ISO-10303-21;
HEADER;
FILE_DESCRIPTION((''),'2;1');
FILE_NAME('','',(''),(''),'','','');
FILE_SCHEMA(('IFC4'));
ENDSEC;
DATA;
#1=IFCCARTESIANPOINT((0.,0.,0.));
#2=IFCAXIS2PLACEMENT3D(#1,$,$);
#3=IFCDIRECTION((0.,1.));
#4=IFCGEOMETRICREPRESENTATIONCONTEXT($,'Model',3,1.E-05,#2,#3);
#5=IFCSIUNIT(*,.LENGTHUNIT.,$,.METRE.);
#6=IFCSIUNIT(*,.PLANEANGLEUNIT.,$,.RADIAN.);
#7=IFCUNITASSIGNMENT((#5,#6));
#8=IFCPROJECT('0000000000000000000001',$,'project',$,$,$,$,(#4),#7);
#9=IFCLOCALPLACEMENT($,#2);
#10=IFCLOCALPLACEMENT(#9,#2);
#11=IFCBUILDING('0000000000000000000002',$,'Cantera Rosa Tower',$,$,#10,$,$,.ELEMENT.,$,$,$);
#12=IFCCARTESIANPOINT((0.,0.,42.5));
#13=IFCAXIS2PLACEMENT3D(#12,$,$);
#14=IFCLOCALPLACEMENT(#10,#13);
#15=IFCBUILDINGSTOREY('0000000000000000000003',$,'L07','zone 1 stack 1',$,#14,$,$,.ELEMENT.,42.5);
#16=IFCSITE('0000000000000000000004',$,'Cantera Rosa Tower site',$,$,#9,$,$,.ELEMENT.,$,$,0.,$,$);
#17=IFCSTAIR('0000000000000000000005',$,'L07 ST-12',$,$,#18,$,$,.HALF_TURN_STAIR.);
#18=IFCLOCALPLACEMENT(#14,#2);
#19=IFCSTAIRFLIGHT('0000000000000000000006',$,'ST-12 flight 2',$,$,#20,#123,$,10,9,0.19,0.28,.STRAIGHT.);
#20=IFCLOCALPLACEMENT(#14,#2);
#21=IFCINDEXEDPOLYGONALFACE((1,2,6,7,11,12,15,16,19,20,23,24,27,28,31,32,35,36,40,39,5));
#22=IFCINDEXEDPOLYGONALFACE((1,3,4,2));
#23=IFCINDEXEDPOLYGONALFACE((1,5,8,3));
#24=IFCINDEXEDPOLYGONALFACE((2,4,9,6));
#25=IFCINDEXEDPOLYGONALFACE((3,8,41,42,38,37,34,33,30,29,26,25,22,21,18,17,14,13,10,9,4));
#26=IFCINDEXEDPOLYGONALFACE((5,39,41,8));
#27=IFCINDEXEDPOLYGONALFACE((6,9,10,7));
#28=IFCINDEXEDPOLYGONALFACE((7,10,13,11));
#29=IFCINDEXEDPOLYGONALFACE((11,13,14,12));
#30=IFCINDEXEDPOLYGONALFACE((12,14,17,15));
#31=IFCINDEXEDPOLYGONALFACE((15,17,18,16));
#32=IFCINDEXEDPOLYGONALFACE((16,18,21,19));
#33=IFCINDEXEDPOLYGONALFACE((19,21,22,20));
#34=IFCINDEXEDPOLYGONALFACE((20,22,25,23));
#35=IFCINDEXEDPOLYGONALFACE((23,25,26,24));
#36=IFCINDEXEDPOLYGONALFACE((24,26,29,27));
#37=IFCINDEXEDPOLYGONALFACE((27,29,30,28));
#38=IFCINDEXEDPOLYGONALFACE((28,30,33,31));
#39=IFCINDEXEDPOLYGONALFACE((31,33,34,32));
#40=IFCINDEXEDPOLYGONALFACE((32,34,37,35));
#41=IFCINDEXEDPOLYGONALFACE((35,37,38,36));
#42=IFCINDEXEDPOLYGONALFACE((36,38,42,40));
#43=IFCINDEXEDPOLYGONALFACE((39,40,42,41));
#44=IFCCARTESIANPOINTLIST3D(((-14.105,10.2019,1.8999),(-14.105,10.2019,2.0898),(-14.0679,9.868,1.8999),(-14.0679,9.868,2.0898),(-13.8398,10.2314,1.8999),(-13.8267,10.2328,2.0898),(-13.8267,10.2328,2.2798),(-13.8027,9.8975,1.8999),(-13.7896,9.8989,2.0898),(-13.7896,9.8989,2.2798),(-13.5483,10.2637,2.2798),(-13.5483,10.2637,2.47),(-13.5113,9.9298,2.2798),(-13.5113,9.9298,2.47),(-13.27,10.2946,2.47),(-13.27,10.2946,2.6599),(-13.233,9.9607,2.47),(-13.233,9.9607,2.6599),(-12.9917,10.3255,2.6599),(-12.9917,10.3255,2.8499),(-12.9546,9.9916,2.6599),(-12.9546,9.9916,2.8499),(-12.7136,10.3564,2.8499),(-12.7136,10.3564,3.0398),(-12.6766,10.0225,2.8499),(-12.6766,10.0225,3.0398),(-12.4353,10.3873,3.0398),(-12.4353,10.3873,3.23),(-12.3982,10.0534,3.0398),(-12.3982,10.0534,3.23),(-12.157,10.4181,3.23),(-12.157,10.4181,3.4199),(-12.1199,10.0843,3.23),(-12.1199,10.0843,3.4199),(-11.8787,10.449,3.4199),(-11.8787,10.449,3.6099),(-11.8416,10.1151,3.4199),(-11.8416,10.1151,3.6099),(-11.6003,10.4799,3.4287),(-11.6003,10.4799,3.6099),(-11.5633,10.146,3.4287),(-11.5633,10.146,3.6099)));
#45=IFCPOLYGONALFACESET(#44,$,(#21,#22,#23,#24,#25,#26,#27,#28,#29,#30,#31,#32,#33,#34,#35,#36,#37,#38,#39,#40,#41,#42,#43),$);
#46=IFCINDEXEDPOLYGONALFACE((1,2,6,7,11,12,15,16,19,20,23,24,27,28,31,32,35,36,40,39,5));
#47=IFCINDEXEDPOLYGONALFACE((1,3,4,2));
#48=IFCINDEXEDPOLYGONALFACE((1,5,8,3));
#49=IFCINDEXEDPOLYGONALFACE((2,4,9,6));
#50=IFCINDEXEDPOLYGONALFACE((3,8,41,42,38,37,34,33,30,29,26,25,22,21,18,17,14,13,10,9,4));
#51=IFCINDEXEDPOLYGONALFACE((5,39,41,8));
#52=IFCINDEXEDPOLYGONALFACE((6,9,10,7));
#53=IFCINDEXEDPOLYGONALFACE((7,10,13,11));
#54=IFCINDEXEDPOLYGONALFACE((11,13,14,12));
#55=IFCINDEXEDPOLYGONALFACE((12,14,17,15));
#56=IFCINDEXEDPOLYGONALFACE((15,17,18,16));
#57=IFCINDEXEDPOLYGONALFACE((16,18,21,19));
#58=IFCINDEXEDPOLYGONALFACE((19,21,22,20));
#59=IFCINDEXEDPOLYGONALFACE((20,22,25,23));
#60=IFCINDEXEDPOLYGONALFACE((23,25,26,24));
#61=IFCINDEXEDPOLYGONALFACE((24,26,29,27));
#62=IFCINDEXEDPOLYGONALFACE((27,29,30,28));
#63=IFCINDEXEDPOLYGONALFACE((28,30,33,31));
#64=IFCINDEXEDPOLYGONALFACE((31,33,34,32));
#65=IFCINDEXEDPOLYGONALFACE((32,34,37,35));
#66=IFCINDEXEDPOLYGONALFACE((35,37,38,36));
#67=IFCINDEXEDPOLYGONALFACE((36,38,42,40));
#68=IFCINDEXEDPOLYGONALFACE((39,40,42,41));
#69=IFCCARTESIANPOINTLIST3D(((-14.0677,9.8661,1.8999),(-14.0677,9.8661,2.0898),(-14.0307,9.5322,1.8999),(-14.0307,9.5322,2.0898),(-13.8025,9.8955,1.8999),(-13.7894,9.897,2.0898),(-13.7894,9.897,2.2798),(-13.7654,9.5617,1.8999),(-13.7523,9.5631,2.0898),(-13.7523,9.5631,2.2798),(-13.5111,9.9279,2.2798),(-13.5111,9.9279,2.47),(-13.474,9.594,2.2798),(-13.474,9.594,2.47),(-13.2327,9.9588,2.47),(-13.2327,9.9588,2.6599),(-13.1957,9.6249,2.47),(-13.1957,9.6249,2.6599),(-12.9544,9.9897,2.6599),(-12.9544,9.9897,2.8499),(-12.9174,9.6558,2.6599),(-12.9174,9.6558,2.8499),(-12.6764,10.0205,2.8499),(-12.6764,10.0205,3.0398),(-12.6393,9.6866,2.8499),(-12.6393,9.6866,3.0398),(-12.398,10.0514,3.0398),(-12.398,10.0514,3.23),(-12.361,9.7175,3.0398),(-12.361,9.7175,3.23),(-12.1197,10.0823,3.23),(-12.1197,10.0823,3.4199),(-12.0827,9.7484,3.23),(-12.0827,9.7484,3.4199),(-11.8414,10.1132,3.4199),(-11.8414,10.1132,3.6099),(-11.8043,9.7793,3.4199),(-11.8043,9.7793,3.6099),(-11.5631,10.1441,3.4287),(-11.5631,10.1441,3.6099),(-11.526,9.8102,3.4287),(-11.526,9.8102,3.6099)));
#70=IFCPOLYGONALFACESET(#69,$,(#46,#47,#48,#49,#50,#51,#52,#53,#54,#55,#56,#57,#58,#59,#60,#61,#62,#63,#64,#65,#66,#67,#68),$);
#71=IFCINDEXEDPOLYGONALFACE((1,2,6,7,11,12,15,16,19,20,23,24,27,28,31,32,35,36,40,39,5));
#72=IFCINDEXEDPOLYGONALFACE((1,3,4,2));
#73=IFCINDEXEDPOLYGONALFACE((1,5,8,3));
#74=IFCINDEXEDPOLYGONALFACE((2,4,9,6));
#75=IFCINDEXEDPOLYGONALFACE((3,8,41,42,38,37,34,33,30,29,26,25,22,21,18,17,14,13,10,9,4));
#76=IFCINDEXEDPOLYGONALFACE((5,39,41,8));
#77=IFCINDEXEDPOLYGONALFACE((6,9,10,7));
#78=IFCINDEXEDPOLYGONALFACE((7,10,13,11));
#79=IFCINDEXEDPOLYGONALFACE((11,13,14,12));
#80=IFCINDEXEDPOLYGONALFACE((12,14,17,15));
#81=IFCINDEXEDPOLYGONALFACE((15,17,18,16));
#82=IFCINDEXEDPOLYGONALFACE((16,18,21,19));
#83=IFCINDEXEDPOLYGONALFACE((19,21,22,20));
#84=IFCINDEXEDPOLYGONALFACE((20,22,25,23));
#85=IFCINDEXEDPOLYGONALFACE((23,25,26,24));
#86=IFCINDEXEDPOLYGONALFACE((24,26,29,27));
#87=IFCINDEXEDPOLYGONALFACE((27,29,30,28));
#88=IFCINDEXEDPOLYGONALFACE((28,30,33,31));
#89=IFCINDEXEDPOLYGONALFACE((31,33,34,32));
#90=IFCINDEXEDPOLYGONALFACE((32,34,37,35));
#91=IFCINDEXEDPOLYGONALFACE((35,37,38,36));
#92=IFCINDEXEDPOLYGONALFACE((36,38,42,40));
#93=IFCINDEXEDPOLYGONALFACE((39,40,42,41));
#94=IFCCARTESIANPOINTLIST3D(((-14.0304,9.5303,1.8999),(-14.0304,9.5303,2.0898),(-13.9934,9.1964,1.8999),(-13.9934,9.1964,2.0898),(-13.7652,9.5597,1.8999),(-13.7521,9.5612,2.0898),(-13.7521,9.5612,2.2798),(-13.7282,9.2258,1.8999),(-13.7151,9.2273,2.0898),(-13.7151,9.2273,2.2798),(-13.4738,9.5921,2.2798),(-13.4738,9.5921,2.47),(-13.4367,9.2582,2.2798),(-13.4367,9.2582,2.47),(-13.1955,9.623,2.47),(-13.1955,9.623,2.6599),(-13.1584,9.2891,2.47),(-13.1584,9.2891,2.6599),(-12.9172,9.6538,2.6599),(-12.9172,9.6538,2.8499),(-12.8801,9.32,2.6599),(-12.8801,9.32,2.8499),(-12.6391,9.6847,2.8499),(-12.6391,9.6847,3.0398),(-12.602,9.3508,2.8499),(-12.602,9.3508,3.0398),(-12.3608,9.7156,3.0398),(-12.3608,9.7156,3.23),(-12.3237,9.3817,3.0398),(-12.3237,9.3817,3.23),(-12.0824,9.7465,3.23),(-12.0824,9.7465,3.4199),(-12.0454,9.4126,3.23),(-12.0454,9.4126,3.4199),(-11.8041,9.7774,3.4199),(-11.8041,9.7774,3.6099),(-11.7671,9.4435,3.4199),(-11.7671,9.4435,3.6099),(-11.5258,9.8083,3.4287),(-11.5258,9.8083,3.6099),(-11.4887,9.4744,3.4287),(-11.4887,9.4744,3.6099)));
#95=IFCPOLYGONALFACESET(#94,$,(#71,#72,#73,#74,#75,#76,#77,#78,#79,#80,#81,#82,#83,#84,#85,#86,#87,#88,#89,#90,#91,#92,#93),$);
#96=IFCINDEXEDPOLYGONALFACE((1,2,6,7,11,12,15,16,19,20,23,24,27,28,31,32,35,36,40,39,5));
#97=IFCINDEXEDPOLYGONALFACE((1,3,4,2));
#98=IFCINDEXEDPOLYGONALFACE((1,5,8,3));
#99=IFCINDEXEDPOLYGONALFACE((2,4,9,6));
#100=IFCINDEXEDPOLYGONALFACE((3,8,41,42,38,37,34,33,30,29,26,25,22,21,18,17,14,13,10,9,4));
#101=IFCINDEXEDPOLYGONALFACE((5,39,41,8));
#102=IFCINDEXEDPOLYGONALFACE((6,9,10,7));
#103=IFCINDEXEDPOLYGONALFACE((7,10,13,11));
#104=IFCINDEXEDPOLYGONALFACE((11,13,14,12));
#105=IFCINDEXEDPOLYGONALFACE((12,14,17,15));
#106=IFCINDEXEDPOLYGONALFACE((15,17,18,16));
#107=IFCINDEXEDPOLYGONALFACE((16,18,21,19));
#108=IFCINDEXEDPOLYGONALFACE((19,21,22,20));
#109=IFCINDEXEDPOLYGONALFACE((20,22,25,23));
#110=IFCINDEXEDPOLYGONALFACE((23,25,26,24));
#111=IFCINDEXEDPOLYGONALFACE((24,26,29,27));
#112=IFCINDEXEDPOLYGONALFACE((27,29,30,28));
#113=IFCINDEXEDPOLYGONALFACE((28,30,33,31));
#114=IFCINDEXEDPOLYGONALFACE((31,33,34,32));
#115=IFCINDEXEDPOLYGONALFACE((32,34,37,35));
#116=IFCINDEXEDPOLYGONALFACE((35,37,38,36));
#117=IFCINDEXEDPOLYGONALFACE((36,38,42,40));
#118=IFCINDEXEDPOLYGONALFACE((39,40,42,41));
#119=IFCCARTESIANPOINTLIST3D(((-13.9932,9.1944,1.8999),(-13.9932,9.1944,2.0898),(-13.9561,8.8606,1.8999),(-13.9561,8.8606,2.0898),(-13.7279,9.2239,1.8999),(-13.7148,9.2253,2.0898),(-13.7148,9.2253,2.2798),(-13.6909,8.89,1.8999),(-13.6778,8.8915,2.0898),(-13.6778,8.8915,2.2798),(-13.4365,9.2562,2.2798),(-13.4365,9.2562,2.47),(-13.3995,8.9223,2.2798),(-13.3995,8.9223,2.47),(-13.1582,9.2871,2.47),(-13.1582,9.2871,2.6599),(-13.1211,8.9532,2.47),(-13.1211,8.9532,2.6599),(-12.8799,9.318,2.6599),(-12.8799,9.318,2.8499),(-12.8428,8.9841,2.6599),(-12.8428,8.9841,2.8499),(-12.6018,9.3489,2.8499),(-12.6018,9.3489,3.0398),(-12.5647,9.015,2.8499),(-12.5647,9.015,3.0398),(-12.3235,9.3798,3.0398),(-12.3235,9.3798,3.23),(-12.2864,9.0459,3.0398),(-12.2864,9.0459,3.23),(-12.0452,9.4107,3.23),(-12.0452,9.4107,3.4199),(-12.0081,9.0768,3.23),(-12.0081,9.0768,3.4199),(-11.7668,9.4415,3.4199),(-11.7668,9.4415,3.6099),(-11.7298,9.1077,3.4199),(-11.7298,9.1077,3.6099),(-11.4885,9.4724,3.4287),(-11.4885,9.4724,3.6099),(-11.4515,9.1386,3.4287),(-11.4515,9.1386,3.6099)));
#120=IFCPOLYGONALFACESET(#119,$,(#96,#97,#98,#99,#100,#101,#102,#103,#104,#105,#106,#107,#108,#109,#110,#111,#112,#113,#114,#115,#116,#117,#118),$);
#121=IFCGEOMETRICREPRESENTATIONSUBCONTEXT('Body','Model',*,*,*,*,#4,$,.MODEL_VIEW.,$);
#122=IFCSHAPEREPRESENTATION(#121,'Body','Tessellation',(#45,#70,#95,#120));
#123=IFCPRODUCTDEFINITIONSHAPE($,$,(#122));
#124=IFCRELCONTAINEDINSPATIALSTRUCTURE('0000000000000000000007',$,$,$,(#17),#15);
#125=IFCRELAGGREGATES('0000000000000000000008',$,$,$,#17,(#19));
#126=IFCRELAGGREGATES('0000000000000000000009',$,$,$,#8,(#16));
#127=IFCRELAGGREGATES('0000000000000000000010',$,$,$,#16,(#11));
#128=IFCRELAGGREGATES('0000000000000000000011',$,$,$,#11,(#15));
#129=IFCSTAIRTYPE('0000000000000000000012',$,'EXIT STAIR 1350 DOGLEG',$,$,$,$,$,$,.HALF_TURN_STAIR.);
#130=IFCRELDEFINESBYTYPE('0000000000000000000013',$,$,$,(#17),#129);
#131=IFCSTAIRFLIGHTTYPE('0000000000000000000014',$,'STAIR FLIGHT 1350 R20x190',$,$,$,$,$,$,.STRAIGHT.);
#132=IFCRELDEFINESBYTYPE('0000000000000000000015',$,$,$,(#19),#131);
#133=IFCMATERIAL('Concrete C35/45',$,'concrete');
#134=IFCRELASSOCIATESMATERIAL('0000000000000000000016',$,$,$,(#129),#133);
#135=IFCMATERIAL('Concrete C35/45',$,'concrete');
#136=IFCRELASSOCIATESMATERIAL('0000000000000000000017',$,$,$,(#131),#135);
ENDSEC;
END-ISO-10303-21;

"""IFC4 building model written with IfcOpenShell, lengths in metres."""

from ifc_helpers import new_model, si_unit, direction, frame, origin, place, context, subcontext, project, spatial, polyline, outline, extrude, material, type_object, element, aggregate, save


model = new_model("IFC4")

# Units and contexts
model_context = context("Model", 3, precision=1e-05, world=origin(), true_north=direction((0.0, 1.0)))
body_context = subcontext(model_context, "Body", "Model", "MODEL_VIEW")
ifc_project = project(units=[si_unit("LENGTHUNIT", "METRE"), si_unit("PLANEANGLEUNIT", "RADIAN")], contexts=[model_context])

# Site, building, storey
site_placement = place(None, origin())
site = spatial("IfcSite", under=ifc_project, at=site_placement, Name="Cantera Rosa Tower site", CompositionType="ELEMENT", RefElevation=0.0)
building_placement = place(site_placement, origin())
building = spatial("IfcBuilding", under=site, at=building_placement, Name="Cantera Rosa Tower", CompositionType="ELEMENT")
storey_placement = place(building_placement, frame((0.0, 0.0, 42.5)))
storey = spatial("IfcBuildingStorey", under=building, at=storey_placement, Name="L07", Description="zone 1 stack 1", CompositionType="ELEMENT", Elevation=42.5)

# Stair, stair flight
ifc_material_1 = material(Name="Concrete C35/45", Category="concrete")
stair_type = type_object("IfcStairType", Name="EXIT STAIR 1350 DOGLEG", PredefinedType="HALF_TURN_STAIR", material=ifc_material_1)
stair_placement = place(storey_placement, origin())
stair = element("IfcStair", 1, at=stair_placement, inside=storey, type_object=stair_type, Name="L07 ST-12", PredefinedType="HALF_TURN_STAIR")
ifc_material_2 = material(Name="Concrete C35/45", Category="concrete")
stair_flight_type = type_object("IfcStairFlightType", Name="STAIR FLIGHT 1350 R20x190", PredefinedType="STRAIGHT", material=ifc_material_2)
stair_flight_placement = place(storey_placement, frame((-14.0305, 9.531, 1.8999), z_axis=(0.0, 0.0, 1.0), x_axis=(0.993897, 0.110313, 0.0)))
stair_flight = element("IfcStairFlight", 2, at=stair_flight_placement, type_object=stair_flight_type, Name="ST-12 flight 2", NumberOfRisers=10, NumberOfTreads=9, PredefinedType="STRAIGHT", RiserHeight=0.19, TreadLength=0.28, context=body_context, shape_type="SweptSolid", body=[
    extrude(outline(polyline([(0.0, 0.0), (0.0, 0.1899), (0.28, 0.1899), (0.28, 0.3799), (0.5601, 0.3799), (0.5601, 0.5701), (0.8401, 0.5701), (0.8401, 0.76), (1.1201, 0.76), (1.1201, 0.95), (1.3999, 0.95), (1.3999, 1.1399), (1.6799, 1.1399), (1.6799, 1.3301), (1.96, 1.3301), (1.96, 1.52), (2.24, 1.52), (2.24, 1.71), (2.52, 1.71), (2.52, 1.8999), (2.52, 1.5288), (0.2668, 0.0), (0.0, 0.0)])), frame((0.0, 0.675, 0.0), z_axis=(0.0, -1.0, 0.0), x_axis=(1.0, 0.0, 0.0)), (0.0, 0.0, 1.0), 0.3359),
    extrude(outline(polyline([(0.0, 0.0), (0.0, 0.1899), (0.28, 0.1899), (0.28, 0.3799), (0.5601, 0.3799), (0.5601, 0.5701), (0.8401, 0.5701), (0.8401, 0.76), (1.1201, 0.76), (1.1201, 0.95), (1.3999, 0.95), (1.3999, 1.1399), (1.6799, 1.1399), (1.6799, 1.3301), (1.96, 1.3301), (1.96, 1.52), (2.24, 1.52), (2.24, 1.71), (2.52, 1.71), (2.52, 1.8999), (2.52, 1.5288), (0.2668, 0.0), (0.0, 0.0)])), frame((0.0, 0.3372, 0.0), z_axis=(0.0, -1.0, 0.0), x_axis=(1.0, 0.0, 0.0)), (0.0, 0.0, 1.0), 0.3359),
    extrude(outline(polyline([(0.0, 0.0), (0.0, 0.1899), (0.28, 0.1899), (0.28, 0.3799), (0.5601, 0.3799), (0.5601, 0.5701), (0.8401, 0.5701), (0.8401, 0.76), (1.1201, 0.76), (1.1201, 0.95), (1.3999, 0.95), (1.3999, 1.1399), (1.6799, 1.1399), (1.6799, 1.3301), (1.96, 1.3301), (1.96, 1.52), (2.24, 1.52), (2.24, 1.71), (2.52, 1.71), (2.52, 1.8999), (2.52, 1.5288), (0.2668, 0.0), (0.0, 0.0)])), frame((0.0, -0.0007, 0.0), z_axis=(0.0, -1.0, 0.0), x_axis=(1.0, 0.0, 0.0)), (0.0, 0.0, 1.0), 0.3359),
    extrude(outline(polyline([(0.0, 0.0), (0.0, 0.1899), (0.28, 0.1899), (0.28, 0.3799), (0.5601, 0.3799), (0.5601, 0.5701), (0.8401, 0.5701), (0.8401, 0.76), (1.1201, 0.76), (1.1201, 0.95), (1.3999, 0.95), (1.3999, 1.1399), (1.6799, 1.1399), (1.6799, 1.3301), (1.96, 1.3301), (1.96, 1.52), (2.24, 1.52), (2.24, 1.71), (2.52, 1.71), (2.52, 1.8999), (2.52, 1.5288), (0.2668, 0.0), (0.0, 0.0)])), frame((0.0, -0.3386, 0.0), z_axis=(0.0, -1.0, 0.0), x_axis=(1.0, 0.0, 0.0)), (0.0, 0.0, 1.0), 0.3359),
])
aggregate(stair, [stair_flight])

save(model, "model.ifc")
